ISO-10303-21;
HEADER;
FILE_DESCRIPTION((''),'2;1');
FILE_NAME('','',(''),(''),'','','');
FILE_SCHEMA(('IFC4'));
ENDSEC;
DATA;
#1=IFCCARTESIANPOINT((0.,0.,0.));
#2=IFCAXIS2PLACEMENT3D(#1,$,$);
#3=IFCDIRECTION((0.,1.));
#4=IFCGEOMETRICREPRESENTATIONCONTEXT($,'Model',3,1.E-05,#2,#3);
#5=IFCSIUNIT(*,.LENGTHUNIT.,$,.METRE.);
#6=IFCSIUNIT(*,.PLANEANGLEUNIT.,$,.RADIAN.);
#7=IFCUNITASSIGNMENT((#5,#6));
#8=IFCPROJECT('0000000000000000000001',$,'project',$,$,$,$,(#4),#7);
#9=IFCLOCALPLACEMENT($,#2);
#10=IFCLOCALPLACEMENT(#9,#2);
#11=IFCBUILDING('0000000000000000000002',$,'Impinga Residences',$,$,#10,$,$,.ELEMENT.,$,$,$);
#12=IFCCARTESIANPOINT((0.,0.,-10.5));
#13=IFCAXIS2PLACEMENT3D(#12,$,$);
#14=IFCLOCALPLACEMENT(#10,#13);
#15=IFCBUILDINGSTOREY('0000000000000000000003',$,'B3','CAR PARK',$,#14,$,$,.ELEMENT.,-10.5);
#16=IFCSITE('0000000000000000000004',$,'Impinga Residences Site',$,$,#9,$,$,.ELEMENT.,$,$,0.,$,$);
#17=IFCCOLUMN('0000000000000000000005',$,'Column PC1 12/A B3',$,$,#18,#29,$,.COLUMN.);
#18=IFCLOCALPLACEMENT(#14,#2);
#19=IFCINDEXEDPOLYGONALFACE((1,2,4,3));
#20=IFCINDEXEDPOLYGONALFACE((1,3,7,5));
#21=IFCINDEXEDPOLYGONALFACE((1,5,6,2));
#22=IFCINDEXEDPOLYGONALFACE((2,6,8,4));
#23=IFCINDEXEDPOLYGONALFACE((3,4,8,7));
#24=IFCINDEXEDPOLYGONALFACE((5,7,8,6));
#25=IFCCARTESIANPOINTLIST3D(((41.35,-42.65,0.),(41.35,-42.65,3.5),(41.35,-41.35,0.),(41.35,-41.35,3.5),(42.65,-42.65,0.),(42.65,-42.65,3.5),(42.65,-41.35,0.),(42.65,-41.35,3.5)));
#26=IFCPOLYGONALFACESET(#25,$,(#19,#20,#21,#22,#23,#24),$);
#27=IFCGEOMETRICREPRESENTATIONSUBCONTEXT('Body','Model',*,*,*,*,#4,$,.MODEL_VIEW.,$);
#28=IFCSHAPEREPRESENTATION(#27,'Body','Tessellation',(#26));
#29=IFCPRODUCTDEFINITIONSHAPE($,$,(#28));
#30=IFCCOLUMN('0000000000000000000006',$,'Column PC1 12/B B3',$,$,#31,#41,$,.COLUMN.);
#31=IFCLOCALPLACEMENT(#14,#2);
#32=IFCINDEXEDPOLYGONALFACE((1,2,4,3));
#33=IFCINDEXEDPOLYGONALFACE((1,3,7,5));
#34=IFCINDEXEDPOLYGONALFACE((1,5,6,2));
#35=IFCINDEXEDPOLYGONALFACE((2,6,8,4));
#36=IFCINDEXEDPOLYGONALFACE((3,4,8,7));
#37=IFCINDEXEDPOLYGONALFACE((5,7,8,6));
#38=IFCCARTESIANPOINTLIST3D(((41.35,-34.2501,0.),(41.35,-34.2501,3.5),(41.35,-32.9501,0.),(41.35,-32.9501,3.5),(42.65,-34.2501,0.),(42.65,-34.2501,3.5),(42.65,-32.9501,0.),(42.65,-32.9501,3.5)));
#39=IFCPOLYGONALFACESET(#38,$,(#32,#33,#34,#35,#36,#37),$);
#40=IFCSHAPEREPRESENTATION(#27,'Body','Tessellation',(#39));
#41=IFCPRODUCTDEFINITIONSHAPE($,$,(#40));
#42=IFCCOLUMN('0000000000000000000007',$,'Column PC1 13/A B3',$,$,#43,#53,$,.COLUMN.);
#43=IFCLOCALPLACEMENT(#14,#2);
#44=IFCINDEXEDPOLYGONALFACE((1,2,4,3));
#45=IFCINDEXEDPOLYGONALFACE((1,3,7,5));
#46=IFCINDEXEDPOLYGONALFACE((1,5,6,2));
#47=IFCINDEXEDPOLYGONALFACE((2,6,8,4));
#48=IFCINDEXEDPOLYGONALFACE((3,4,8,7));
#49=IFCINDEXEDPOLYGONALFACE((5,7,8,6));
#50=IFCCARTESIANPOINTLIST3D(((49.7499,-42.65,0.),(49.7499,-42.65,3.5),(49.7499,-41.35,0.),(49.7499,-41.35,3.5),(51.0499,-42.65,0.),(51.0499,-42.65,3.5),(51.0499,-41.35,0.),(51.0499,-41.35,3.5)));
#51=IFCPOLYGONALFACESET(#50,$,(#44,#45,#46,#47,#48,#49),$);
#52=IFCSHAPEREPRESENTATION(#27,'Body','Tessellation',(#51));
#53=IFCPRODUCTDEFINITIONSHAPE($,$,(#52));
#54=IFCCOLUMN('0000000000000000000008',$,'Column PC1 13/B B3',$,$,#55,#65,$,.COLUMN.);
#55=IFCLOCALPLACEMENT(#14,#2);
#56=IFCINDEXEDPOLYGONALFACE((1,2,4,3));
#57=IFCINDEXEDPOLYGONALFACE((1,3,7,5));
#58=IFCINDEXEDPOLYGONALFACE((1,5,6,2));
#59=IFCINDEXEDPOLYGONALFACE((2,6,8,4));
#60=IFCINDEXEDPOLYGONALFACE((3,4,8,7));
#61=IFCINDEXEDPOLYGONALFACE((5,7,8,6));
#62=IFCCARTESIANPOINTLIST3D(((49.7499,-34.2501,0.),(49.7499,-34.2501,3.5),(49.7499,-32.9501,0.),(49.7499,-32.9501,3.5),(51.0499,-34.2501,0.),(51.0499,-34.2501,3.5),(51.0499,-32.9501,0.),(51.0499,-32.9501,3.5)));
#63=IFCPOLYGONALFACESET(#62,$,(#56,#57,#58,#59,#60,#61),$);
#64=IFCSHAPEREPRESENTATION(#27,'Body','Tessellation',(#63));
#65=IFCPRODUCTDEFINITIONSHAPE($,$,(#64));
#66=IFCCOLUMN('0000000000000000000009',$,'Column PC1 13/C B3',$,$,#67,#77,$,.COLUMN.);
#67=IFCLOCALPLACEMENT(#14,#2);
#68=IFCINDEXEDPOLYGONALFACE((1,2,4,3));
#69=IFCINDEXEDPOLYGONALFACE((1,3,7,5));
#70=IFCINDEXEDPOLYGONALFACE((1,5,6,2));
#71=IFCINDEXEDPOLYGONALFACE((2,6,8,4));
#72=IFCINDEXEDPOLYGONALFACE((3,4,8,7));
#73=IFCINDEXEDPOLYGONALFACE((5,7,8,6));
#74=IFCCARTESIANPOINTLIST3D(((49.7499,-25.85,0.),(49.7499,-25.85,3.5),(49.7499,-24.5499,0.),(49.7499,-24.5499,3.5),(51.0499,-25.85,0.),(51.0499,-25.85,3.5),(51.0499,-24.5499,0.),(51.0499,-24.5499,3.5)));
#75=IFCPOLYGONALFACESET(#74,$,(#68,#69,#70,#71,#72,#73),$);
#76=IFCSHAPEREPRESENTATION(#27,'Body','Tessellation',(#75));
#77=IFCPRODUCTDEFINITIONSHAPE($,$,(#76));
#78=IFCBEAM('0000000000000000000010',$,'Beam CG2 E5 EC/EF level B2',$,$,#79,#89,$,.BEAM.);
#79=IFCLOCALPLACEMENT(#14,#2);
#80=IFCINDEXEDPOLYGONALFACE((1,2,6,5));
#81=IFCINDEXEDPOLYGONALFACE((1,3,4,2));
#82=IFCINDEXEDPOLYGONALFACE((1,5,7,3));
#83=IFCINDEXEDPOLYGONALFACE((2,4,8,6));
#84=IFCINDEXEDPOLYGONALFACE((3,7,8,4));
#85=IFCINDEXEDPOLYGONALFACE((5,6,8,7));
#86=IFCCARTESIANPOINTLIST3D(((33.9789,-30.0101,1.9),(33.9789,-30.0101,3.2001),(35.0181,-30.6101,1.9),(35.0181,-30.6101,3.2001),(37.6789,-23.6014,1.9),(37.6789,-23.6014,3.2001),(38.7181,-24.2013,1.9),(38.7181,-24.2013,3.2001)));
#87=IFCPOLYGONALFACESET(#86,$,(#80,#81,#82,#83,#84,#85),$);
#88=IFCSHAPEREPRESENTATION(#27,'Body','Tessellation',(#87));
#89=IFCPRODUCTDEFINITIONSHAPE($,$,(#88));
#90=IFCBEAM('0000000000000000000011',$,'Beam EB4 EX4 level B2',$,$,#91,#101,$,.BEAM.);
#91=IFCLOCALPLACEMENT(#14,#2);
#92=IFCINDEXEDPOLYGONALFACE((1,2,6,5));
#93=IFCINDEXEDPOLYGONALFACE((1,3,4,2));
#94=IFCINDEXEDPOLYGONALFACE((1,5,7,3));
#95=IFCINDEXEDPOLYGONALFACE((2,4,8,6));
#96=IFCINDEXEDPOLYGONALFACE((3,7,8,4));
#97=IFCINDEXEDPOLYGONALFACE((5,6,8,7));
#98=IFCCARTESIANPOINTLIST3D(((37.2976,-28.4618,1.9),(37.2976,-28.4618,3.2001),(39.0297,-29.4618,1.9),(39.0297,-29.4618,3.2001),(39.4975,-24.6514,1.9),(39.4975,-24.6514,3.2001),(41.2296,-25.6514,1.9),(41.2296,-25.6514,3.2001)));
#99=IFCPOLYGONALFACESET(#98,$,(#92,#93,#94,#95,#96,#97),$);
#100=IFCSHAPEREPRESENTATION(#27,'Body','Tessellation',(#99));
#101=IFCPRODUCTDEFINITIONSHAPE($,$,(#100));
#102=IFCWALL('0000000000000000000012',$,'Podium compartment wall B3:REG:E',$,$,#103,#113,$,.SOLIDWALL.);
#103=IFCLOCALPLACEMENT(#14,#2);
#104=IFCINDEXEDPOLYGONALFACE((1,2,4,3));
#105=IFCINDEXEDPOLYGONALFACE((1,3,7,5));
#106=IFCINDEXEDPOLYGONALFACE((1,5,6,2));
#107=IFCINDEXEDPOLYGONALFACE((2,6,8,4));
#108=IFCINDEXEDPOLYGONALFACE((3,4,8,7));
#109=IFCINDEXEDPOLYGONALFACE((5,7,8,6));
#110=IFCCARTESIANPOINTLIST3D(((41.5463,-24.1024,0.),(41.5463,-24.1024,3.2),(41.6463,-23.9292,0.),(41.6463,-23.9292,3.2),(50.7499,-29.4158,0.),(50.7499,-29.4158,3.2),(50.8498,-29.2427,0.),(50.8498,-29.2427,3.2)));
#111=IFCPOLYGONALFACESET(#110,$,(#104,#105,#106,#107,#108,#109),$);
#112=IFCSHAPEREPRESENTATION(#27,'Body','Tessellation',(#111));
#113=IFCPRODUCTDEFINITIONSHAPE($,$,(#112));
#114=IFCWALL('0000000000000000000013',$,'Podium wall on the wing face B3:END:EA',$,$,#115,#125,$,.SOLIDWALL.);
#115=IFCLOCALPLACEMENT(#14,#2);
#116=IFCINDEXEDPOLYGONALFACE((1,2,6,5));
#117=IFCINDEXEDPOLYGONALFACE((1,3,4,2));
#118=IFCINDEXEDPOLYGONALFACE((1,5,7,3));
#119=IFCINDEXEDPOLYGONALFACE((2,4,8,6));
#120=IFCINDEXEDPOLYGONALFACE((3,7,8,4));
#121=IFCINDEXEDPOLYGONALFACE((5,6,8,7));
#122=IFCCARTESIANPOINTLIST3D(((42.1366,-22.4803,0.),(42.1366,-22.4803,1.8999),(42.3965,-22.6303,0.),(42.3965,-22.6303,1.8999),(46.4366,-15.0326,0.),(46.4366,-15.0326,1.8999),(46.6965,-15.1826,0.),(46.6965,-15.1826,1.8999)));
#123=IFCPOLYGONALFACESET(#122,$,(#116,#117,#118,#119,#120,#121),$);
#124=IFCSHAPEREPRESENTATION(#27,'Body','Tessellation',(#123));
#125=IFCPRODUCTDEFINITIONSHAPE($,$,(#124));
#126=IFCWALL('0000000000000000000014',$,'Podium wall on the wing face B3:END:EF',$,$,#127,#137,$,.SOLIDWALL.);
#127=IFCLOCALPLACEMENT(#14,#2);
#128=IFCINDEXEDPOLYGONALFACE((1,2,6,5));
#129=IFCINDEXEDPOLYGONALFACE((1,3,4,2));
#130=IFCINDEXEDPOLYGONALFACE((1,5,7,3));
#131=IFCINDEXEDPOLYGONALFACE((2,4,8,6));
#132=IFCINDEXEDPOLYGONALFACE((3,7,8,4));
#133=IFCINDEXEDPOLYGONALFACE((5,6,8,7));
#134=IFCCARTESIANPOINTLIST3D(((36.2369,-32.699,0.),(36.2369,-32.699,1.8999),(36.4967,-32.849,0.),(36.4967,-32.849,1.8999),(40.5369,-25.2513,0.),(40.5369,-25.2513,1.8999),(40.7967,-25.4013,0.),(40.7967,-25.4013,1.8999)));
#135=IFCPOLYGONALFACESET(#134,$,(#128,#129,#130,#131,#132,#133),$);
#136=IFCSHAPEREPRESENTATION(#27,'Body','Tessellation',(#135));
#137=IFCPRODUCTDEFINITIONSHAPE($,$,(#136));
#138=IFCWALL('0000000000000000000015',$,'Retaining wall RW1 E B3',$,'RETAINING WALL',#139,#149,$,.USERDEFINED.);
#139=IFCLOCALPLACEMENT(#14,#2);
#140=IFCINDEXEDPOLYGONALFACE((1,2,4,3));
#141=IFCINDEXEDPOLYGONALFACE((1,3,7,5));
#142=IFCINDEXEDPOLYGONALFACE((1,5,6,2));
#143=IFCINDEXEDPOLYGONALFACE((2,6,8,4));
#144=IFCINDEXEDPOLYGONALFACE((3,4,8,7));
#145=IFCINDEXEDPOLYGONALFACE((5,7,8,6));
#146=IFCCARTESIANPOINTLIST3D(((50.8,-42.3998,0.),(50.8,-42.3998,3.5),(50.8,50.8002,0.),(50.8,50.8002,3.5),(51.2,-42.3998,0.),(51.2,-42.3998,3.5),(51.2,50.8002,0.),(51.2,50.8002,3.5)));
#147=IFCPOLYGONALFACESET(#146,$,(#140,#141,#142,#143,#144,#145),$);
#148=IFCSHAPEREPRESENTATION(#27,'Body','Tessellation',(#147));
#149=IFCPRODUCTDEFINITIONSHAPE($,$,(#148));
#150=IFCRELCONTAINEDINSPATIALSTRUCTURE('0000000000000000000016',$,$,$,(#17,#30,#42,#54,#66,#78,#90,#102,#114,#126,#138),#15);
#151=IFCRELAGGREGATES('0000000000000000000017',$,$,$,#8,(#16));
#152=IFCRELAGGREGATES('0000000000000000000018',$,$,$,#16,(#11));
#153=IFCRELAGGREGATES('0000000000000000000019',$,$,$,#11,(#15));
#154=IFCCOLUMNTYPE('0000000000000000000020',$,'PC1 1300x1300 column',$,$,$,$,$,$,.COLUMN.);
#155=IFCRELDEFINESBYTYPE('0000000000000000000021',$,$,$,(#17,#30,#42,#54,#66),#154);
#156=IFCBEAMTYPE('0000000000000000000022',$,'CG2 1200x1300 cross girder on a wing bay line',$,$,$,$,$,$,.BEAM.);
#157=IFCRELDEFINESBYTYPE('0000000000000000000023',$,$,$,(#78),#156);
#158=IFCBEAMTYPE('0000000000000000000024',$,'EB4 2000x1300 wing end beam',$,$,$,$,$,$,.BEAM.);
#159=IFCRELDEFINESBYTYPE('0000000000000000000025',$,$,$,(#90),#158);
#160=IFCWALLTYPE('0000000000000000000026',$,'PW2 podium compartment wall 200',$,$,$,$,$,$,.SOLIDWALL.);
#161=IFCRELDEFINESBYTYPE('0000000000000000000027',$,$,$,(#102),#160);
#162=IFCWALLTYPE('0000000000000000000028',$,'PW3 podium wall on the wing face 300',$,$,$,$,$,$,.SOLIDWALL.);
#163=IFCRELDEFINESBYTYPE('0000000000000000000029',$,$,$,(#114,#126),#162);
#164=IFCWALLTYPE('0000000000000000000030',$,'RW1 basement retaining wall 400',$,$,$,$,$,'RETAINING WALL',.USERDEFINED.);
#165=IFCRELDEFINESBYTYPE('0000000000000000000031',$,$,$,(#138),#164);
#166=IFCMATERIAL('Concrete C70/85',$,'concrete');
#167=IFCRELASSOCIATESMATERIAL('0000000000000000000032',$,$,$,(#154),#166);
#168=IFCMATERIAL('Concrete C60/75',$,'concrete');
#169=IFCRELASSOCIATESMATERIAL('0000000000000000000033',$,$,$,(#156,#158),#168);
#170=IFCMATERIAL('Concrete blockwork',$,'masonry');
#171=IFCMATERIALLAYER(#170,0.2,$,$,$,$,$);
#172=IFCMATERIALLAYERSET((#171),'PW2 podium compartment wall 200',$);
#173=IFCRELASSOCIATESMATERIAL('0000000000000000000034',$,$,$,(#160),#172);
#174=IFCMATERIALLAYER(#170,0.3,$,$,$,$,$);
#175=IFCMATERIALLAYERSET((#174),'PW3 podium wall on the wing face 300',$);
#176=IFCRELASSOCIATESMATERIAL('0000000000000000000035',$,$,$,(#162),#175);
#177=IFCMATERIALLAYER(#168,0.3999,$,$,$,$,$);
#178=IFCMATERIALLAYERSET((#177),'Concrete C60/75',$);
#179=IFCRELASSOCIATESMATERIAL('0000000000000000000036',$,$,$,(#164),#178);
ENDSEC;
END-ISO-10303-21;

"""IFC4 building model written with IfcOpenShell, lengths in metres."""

from ifc_helpers import new_model, si_unit, direction, frame, frame_2d, origin, origin_2d, place, context, subcontext, project, spatial, rectangle, extrude, material, layer, layer_set, material_profile, profile_set, type_object, element, save


model = new_model("IFC4")

# Units and contexts
model_context = context("Model", 3, precision=1e-05, world=origin(), true_north=direction((0.0, 1.0)))
body_context = subcontext(model_context, "Body", "Model", "MODEL_VIEW")
ifc_project = project(units=[si_unit("LENGTHUNIT", "METRE"), si_unit("PLANEANGLEUNIT", "RADIAN")], contexts=[model_context])

# Site, building, storey
site_placement = place(None, origin())
site = spatial("IfcSite", under=ifc_project, at=site_placement, Name="Impinga Residences Site", CompositionType="ELEMENT", RefElevation=0.0)
building_placement = place(site_placement, origin())
building = spatial("IfcBuilding", under=site, at=building_placement, Name="Impinga Residences", CompositionType="ELEMENT")
storey_placement = place(building_placement, frame((0.0, 0.0, -10.5)))
storey = spatial("IfcBuildingStorey", under=building, at=storey_placement, Name="B3", Description="CAR PARK", CompositionType="ELEMENT", Elevation=-10.5)

# Columns
ifc_material_1 = material(Name="Concrete C70/85", Category="concrete")
ifc_material_profile_1 = material_profile(ifc_material_1, rectangle(XDim=1.3, YDim=1.3, at=origin_2d()), Name="RC 1300x1300")
ifc_profile_set_1 = profile_set([ifc_material_profile_1], Name="Concrete C70/85")
column_type = type_object("IfcColumnType", Name="PC1 1300x1300 column", PredefinedType="COLUMN", material=ifc_profile_set_1)
for number, where, z_axis, x_axis, name in (
    (1, (42.0, -42.0, 0.0), (0.0, 0.0, 1.0), (1.0, 0.0, 0.0), "Column PC1 12/A B3"),
    (2, (42.0, -33.6001, 0.0), (0.0, 0.0, 1.0), (1.0, 0.0, 0.0), "Column PC1 12/B B3"),
    (3, (50.3999, -42.0, 0.0), (0.0, 0.0, 1.0), (1.0, 0.0, 0.0), "Column PC1 13/A B3"),
    (4, (50.3999, -33.6001, 0.0), (0.0, 0.0, 1.0), (1.0, 0.0, 0.0), "Column PC1 13/B B3"),
    (5, (50.3999, -25.2, 0.0), (0.0, 0.0, 1.0), (1.0, 0.0, 0.0), "Column PC1 13/C B3"),
):
    element("IfcColumn", number, at=place(storey_placement, frame(where, z_axis=z_axis, x_axis=x_axis)), inside=storey, type_object=column_type, Name=name, PredefinedType="COLUMN", context=body_context, shape_type="SweptSolid", body=[
        extrude(rectangle(XDim=1.3, YDim=1.3, at=origin_2d()), origin(), (0.0, 0.0, 1.0), 3.5),
    ])

# Beams
ifc_material_2 = material(Name="Concrete C60/75", Category="concrete")
ifc_material_profile_2 = material_profile(ifc_material_2, rectangle(XDim=1.2, YDim=1.3, at=origin_2d()), Name="RC 1200x1300")
ifc_profile_set_2 = profile_set([ifc_material_profile_2], Name="Concrete C60/75")
beam_type_1 = type_object("IfcBeamType", Name="CG2 1200x1300 cross girder on a wing bay line", PredefinedType="BEAM", material=ifc_profile_set_2)
beam_1_placement = place(storey_placement, frame((38.1985, -23.9014, 2.55), z_axis=(-0.499989, -0.866032, 0.0), x_axis=(0.866032, -0.499989, 0.0)))
element("IfcBeam", 6, at=beam_1_placement, inside=storey, type_object=beam_type_1, Name="Beam CG2 E5 EC/EF level B2", PredefinedType="BEAM", context=body_context, shape_type="SweptSolid", body=[
    extrude(rectangle(XDim=1.2, YDim=1.3, at=origin_2d()), origin(), (0.0, 0.0, 1.0), 7.4001),
])
ifc_material_profile_3 = material_profile(ifc_material_2, rectangle(XDim=2.0, YDim=1.3, at=origin_2d()), Name="RC 2000x1300")
ifc_profile_set_3 = profile_set([ifc_material_profile_3], Name="Concrete C60/75")
beam_type_2 = type_object("IfcBeamType", Name="EB4 2000x1300 wing end beam", PredefinedType="BEAM", material=ifc_profile_set_3)
beam_2_placement = place(storey_placement, frame((40.3635, -25.1514, 2.55), z_axis=(-0.499988, -0.866032, 0.0), x_axis=(0.866032, -0.499988, 0.0)))
element("IfcBeam", 7, at=beam_2_placement, inside=storey, type_object=beam_type_2, Name="Beam EB4 EX4 level B2", PredefinedType="BEAM", context=body_context, shape_type="SweptSolid", body=[
    extrude(rectangle(XDim=2.0, YDim=1.3, at=origin_2d()), origin(), (0.0, 0.0, 1.0), 4.3999),
])

# Walls
ifc_material_3 = material(Name="Concrete blockwork", Category="masonry")
ifc_layer_1 = layer(ifc_material_3, 0.2)
ifc_layer_set_1 = layer_set([ifc_layer_1], Name="PW2 podium compartment wall 200")
wall_type_1 = type_object("IfcWallType", Name="PW2 podium compartment wall 200", PredefinedType="SOLIDWALL", material=ifc_layer_set_1)
wall_1_placement = place(storey_placement, frame((41.5964, -24.0159, 0.0), z_axis=(0.0, 0.0, 1.0), x_axis=(0.866035, -0.499984, 0.0)))
element("IfcWall", 8, at=wall_1_placement, inside=storey, type_object=wall_type_1, Name="Podium compartment wall B3:REG:E", PredefinedType="SOLIDWALL", context=body_context, shape_type="SweptSolid", body=[
    extrude(rectangle(XDim=10.6272, YDim=0.2, at=frame_2d((5.3135, 0.0))), origin(), (0.0, 0.0, 1.0), 3.2),
])
ifc_layer_2 = layer(ifc_material_3, 0.3)
ifc_layer_set_2 = layer_set([ifc_layer_2], Name="PW3 podium wall on the wing face 300")
wall_type_2 = type_object("IfcWallType", Name="PW3 podium wall on the wing face 300", PredefinedType="SOLIDWALL", material=ifc_layer_set_2)
for number, where, z_axis, x_axis, name in (
    (9, (42.2666, -22.5552, 0.0), (0.0, 0.0, 1.0), (0.500008, 0.866021, 0.0), "Podium wall on the wing face B3:END:EA"),
    (10, (40.6667, -25.3264, 0.0), (0.0, 0.0, 1.0), (-0.500008, -0.866021, 0.0), "Podium wall on the wing face B3:END:EF"),
):
    element("IfcWall", number, at=place(storey_placement, frame(where, z_axis=z_axis, x_axis=x_axis)), inside=storey, type_object=wall_type_2, Name=name, PredefinedType="SOLIDWALL", context=body_context, shape_type="SweptSolid", body=[
        extrude(rectangle(XDim=8.5999, YDim=0.3, at=frame_2d((4.2998, 0.0))), origin(), (0.0, 0.0, 1.0), 1.8999),
    ])
ifc_layer_3 = layer(ifc_material_2, 0.3999)
ifc_layer_set_3 = layer_set([ifc_layer_3], Name="Concrete C60/75")
wall_type_3 = type_object("IfcWallType", Name="RW1 basement retaining wall 400", ElementType="RETAINING WALL", PredefinedType="USERDEFINED", material=ifc_layer_set_3)
wall_2_placement = place(storey_placement, frame((51.0, -42.3999, 0.0), z_axis=(0.0, 0.0, 1.0), x_axis=(0.0, 1.0, 0.0)))
element("IfcWall", 11, at=wall_2_placement, inside=storey, type_object=wall_type_3, Name="Retaining wall RW1 E B3", ObjectType="RETAINING WALL", PredefinedType="USERDEFINED", context=body_context, shape_type="SweptSolid", body=[
    extrude(rectangle(XDim=93.2, YDim=0.3999, at=frame_2d((46.6001, 0.0))), origin(), (0.0, 0.0, 1.0), 3.5),
])

save(model, "model.ifc")
